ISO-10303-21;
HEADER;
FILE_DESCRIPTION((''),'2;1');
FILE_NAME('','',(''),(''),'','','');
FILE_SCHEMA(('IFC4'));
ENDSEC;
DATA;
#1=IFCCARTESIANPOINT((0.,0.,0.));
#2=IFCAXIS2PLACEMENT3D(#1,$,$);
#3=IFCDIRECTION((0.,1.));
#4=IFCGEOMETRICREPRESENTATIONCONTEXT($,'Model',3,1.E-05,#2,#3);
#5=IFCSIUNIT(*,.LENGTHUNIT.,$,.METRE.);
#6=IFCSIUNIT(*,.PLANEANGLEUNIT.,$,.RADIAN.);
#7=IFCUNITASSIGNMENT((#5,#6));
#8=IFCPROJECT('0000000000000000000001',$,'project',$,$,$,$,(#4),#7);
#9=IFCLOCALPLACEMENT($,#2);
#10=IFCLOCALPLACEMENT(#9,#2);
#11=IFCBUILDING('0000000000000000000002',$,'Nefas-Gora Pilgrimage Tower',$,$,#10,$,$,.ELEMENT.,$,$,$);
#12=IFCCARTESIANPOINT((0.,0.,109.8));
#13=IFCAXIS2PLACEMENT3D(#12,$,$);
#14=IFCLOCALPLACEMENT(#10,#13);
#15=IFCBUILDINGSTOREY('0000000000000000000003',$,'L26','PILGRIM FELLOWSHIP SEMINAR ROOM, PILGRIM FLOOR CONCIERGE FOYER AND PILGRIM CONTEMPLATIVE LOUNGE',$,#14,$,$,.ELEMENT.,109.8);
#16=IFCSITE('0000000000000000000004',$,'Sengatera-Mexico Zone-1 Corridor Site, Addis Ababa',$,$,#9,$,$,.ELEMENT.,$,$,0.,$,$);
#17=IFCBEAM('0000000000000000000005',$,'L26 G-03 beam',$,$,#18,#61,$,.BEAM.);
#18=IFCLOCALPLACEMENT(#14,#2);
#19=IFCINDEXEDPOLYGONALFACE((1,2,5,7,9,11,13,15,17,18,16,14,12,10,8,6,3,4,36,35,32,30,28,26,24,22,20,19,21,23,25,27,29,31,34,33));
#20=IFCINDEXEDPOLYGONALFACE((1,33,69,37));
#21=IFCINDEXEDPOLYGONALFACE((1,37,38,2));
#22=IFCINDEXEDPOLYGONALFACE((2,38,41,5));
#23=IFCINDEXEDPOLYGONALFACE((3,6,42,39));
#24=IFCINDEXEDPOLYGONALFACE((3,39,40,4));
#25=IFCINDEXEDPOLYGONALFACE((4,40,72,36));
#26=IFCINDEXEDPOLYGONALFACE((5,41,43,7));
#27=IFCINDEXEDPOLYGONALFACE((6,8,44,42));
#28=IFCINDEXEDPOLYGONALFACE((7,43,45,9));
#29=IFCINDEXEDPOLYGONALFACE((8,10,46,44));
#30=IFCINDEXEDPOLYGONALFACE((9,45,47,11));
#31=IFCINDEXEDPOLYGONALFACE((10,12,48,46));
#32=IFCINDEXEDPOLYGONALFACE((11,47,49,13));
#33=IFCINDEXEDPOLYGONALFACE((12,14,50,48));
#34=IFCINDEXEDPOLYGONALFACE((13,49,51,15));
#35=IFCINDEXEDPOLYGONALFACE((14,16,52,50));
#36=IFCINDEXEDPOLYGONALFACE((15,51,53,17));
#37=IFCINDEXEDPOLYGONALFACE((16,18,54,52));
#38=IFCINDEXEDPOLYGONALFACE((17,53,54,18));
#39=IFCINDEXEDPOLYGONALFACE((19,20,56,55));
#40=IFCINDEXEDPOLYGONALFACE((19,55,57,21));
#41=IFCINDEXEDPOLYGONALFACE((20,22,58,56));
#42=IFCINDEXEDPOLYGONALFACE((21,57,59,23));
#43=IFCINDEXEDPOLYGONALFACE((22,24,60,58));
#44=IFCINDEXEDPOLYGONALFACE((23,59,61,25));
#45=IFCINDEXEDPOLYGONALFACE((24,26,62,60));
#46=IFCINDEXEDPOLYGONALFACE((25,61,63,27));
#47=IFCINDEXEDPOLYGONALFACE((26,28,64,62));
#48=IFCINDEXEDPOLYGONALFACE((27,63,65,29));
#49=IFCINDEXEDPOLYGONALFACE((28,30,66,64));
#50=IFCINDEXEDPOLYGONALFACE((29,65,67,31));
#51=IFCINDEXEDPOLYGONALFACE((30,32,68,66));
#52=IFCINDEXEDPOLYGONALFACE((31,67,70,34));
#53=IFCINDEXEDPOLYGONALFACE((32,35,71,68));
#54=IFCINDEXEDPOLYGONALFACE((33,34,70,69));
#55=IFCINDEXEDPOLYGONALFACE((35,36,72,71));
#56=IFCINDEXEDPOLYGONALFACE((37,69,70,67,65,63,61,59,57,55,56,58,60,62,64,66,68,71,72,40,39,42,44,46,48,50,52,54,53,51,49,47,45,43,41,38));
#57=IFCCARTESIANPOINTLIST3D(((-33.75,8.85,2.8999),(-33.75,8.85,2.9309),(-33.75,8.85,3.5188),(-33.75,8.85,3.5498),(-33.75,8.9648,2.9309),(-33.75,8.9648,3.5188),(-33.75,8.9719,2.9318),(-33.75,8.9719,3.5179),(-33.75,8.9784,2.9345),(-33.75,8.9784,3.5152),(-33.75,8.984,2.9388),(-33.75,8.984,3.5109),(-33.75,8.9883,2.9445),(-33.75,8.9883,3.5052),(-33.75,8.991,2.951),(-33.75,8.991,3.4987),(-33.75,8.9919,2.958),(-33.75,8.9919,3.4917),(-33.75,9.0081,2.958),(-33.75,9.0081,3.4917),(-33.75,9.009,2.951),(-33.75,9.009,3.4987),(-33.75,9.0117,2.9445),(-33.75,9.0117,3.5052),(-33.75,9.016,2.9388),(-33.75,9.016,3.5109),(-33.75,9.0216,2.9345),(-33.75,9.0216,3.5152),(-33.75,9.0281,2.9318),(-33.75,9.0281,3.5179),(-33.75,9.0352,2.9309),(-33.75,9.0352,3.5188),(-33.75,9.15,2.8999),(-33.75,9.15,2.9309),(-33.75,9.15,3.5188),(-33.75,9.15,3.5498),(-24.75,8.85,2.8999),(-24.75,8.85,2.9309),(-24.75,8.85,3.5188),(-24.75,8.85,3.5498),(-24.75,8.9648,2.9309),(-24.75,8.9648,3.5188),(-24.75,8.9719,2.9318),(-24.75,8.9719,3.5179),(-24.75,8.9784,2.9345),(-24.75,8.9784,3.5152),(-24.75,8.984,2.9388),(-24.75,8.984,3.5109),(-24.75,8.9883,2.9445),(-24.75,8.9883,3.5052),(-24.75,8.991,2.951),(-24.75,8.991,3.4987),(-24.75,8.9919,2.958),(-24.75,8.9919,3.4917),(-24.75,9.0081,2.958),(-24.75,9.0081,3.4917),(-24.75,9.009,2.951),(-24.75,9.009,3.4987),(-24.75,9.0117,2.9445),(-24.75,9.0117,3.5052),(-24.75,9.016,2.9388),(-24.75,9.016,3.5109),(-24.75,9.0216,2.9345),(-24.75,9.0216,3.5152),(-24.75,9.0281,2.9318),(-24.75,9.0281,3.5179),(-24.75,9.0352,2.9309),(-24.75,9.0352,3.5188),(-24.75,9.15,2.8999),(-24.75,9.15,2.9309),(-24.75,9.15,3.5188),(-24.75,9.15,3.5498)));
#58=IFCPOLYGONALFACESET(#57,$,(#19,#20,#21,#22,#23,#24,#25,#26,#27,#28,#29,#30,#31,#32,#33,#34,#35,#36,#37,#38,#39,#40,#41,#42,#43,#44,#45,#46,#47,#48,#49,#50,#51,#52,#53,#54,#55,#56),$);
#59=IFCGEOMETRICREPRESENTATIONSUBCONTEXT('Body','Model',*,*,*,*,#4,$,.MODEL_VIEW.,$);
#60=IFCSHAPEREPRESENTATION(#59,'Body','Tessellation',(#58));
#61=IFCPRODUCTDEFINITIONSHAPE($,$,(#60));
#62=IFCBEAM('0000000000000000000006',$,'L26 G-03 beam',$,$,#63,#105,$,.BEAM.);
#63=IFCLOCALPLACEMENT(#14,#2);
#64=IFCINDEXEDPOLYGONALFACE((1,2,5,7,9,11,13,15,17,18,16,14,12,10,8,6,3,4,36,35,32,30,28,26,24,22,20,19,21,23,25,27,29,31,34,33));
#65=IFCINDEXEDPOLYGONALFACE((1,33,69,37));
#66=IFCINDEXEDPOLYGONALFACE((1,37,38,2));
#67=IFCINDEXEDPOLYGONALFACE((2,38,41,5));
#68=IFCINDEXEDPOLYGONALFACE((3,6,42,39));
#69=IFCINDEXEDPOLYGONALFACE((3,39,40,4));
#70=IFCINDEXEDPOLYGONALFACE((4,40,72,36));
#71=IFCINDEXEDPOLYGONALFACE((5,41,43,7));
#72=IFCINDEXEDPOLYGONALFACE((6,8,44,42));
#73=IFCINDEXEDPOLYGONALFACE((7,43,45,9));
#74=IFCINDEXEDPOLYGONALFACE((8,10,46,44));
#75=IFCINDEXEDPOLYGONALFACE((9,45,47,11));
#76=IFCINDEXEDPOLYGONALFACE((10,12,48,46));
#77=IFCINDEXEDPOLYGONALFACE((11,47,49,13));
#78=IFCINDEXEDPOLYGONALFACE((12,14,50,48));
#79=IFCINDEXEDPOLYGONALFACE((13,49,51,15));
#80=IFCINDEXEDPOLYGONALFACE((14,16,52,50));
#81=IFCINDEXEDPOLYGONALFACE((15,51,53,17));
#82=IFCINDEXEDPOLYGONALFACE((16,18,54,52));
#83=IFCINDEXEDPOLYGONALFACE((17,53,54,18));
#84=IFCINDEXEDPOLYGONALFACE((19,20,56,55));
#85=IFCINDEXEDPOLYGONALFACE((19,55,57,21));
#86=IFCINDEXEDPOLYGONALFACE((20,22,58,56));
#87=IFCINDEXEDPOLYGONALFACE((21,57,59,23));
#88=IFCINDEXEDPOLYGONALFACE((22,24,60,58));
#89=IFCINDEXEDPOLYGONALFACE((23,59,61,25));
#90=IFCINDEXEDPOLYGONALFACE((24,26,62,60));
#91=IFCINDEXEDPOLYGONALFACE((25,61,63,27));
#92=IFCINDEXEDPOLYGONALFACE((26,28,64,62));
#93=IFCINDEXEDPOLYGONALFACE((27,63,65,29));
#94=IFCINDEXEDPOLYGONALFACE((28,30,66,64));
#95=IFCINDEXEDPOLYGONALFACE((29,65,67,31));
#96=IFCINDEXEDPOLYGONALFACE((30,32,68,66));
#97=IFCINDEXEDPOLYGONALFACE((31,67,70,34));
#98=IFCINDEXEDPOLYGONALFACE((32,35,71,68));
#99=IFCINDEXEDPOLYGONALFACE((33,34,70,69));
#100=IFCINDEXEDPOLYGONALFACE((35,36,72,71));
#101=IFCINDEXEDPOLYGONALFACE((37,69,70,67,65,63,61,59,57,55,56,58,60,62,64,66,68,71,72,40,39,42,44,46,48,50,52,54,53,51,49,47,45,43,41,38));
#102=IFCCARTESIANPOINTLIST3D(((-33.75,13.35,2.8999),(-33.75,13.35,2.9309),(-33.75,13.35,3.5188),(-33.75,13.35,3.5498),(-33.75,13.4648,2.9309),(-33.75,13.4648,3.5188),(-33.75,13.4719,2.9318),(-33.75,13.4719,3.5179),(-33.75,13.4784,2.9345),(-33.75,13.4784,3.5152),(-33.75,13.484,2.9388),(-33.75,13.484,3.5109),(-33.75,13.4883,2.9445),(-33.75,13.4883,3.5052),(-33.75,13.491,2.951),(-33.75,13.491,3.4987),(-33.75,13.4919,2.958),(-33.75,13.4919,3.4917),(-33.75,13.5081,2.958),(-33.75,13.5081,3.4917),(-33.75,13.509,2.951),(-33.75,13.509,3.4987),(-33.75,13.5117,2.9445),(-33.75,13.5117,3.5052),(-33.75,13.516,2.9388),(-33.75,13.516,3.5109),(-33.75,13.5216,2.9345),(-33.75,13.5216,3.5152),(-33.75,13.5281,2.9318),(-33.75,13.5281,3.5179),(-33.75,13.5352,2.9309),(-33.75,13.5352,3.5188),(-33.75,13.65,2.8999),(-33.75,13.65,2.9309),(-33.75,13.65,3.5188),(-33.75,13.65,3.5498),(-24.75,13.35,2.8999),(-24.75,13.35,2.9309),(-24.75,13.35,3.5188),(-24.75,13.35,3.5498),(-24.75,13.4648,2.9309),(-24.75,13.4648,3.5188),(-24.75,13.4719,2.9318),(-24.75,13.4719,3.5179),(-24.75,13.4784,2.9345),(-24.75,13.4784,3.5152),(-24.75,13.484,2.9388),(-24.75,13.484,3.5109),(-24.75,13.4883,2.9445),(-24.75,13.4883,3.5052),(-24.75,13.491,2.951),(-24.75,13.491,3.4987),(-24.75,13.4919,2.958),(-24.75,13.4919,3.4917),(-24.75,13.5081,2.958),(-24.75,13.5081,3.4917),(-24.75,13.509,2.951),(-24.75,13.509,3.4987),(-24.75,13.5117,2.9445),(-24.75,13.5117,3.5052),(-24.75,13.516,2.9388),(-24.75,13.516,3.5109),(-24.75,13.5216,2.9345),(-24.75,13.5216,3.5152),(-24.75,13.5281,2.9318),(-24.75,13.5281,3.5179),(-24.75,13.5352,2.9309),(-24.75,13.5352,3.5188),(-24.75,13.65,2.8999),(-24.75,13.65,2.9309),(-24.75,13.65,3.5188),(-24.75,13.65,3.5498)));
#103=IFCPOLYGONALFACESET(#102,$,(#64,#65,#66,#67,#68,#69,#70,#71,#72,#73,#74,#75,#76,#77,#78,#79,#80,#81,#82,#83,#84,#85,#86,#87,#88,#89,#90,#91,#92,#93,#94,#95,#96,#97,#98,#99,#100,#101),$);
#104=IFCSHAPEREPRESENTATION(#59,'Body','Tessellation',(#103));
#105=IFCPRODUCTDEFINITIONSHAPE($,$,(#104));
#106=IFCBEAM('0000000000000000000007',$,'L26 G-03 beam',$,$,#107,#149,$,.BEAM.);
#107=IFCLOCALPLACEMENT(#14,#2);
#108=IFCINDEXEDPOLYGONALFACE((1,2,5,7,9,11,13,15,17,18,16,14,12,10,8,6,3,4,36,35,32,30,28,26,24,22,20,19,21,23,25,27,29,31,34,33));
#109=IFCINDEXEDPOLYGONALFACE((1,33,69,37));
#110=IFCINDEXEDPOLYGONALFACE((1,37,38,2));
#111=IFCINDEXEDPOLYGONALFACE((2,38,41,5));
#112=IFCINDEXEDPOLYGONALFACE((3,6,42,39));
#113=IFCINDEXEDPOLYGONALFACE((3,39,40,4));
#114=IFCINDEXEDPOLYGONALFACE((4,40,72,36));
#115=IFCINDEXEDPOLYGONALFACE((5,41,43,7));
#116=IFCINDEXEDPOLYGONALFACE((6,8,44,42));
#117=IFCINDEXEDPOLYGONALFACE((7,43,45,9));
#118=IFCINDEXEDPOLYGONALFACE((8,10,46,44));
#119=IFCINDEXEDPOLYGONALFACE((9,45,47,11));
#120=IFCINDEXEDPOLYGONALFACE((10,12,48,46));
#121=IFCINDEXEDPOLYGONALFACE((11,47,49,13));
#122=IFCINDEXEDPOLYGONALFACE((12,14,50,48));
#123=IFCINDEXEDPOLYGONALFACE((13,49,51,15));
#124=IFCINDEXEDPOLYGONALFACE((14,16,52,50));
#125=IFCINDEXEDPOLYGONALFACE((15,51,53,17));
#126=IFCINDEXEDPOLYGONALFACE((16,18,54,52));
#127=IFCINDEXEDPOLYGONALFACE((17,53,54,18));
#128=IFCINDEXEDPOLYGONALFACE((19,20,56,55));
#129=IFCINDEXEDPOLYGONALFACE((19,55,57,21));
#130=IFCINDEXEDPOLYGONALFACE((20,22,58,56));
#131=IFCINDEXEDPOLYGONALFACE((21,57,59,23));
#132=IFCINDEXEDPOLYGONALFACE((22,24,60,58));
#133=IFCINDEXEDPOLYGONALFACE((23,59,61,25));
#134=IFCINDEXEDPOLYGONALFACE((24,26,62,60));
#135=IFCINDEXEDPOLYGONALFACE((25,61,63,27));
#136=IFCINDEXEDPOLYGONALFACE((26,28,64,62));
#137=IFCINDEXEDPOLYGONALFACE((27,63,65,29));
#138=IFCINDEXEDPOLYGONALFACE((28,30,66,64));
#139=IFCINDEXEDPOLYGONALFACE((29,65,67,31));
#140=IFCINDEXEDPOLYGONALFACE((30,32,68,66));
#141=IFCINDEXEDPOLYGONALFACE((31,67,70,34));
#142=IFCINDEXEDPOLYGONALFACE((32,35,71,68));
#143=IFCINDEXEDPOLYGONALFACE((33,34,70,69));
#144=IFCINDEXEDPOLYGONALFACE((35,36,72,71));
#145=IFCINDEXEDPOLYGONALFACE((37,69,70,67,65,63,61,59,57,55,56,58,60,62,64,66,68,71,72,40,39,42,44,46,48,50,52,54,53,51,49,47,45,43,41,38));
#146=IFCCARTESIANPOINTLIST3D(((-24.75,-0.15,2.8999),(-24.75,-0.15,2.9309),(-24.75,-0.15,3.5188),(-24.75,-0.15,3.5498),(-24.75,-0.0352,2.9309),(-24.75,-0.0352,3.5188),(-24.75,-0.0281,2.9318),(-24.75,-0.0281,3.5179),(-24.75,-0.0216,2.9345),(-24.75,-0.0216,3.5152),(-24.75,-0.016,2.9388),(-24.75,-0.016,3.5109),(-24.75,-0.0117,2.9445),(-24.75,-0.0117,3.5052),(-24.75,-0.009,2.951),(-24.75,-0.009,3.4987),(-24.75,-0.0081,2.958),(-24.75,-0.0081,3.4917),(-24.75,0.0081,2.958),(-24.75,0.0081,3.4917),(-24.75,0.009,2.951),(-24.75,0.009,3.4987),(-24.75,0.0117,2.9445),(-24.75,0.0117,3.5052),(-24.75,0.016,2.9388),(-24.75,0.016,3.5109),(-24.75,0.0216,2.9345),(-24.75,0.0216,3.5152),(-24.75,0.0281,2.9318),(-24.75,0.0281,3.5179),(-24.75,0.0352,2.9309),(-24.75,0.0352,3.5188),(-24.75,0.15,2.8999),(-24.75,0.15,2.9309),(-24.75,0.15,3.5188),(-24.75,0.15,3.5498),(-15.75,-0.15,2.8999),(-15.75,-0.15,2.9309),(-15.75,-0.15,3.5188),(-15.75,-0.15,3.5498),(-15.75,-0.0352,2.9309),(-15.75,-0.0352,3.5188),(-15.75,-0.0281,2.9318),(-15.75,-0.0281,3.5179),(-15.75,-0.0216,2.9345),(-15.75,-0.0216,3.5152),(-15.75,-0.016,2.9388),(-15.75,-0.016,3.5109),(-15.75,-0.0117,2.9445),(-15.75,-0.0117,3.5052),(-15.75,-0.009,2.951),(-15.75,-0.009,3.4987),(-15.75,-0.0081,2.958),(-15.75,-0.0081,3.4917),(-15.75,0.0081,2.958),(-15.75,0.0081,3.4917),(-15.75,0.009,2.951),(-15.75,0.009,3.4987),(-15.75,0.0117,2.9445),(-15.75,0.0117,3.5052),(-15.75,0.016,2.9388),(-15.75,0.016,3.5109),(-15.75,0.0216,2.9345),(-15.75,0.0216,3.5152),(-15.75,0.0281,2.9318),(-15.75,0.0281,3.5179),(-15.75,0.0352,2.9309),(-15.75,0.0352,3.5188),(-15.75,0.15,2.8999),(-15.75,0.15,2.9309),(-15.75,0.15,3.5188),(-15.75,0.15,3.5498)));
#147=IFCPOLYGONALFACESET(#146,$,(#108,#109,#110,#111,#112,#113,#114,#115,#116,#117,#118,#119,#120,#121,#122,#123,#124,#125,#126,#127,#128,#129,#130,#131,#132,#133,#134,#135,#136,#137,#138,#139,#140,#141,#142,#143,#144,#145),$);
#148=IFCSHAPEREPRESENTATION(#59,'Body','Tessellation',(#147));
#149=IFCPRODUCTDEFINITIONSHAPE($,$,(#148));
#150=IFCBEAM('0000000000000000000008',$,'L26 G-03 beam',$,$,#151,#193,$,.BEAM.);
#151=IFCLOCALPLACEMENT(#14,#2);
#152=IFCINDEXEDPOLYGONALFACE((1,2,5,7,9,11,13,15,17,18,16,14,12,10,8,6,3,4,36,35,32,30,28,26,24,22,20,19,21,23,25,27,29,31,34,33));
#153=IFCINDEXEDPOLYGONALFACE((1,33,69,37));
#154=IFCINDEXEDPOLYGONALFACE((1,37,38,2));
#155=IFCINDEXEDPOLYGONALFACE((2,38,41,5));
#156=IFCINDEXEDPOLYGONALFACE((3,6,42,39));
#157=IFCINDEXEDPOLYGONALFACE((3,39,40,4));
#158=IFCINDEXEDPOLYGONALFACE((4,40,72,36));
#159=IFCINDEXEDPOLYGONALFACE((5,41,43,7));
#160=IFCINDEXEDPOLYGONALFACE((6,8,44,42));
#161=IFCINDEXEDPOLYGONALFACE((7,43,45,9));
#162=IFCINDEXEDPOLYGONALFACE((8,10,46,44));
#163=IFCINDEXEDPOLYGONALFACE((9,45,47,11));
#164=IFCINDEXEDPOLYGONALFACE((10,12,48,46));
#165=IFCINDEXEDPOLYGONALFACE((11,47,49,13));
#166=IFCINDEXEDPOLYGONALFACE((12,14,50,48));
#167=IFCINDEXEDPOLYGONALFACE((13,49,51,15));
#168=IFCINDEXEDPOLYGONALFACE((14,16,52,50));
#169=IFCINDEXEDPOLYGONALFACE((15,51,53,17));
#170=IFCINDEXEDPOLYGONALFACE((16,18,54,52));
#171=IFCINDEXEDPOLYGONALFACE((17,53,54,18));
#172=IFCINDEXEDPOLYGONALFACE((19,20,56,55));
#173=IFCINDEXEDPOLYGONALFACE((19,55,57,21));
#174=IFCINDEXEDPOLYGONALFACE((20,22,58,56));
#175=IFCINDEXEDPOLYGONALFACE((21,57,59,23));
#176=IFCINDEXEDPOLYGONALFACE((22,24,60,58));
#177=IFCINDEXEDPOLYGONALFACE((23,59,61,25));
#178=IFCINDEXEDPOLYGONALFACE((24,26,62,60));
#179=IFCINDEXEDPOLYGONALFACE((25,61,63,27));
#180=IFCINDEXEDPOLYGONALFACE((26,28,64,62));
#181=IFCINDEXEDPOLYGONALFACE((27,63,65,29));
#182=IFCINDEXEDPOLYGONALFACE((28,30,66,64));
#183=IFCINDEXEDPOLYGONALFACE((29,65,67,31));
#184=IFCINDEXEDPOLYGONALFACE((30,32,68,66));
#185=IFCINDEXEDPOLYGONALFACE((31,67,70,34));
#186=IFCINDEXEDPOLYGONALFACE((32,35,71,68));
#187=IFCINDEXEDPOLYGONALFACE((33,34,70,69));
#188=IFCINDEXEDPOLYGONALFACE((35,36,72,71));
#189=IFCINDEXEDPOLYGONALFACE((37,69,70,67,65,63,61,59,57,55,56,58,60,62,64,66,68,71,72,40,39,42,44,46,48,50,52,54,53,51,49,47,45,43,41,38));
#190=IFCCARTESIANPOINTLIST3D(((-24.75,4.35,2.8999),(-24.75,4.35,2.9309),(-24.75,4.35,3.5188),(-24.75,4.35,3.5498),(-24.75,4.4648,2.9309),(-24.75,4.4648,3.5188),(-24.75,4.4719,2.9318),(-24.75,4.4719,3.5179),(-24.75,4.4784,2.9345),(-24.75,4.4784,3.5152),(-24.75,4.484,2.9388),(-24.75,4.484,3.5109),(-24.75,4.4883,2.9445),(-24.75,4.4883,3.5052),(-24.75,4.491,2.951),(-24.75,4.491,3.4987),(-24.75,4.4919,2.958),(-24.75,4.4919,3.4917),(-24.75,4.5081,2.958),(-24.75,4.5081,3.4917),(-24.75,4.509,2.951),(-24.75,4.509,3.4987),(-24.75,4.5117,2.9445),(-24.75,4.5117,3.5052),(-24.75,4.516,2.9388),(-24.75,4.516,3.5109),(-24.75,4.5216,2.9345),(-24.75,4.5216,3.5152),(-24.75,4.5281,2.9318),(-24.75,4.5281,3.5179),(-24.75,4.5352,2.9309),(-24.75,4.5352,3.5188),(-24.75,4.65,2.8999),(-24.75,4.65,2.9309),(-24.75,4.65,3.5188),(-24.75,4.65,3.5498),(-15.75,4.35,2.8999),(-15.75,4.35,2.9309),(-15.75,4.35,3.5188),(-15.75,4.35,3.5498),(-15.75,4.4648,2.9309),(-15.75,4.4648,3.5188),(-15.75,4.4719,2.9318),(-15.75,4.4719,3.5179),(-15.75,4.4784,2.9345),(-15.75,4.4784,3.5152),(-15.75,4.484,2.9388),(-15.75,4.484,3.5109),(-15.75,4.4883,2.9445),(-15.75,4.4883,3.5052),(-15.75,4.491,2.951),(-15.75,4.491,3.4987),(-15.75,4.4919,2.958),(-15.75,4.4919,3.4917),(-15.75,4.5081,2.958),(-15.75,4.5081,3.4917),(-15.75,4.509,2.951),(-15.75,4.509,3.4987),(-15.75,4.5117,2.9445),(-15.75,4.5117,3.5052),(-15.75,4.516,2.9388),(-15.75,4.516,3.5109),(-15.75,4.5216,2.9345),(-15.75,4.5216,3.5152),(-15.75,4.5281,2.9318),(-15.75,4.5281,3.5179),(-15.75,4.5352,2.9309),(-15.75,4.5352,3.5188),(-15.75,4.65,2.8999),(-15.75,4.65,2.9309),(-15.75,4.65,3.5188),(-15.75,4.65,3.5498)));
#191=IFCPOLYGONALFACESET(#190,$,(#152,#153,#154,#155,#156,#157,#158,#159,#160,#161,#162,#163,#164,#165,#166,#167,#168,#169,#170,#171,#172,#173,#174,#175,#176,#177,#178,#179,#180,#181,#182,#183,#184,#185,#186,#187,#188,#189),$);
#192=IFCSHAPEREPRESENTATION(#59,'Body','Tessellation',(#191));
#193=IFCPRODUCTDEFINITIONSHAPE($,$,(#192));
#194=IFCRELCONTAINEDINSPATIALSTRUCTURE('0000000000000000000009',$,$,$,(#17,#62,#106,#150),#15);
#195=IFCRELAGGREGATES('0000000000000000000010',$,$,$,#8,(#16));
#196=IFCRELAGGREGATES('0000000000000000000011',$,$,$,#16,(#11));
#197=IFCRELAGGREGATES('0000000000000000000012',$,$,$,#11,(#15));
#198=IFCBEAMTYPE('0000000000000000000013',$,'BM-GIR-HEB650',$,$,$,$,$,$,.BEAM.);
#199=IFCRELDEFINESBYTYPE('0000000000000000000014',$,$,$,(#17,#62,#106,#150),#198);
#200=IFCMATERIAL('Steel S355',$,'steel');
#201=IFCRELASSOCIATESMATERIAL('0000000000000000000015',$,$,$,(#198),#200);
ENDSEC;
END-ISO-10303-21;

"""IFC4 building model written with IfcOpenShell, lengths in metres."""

from ifc_helpers import new_model, si_unit, direction, frame, origin, origin_2d, place, context, subcontext, project, spatial, i_section, extrude, source, transform, mapped, material, material_profile, profile_set, type_object, element, save


model = new_model("IFC4")

# Units and contexts
model_context = context("Model", 3, precision=1e-05, world=origin(), true_north=direction((0.0, 1.0)))
body_context = subcontext(model_context, "Body", "Model", "MODEL_VIEW")
ifc_project = project(units=[si_unit("LENGTHUNIT", "METRE"), si_unit("PLANEANGLEUNIT", "RADIAN")], contexts=[model_context])

# Site, building, storey
site_placement = place(None, origin())
site = spatial("IfcSite", under=ifc_project, at=site_placement, Name="Sengatera-Mexico Zone-1 Corridor Site, Addis Ababa", CompositionType="ELEMENT", RefElevation=0.0)
building_placement = place(site_placement, origin())
building = spatial("IfcBuilding", under=site, at=building_placement, Name="Nefas-Gora Pilgrimage Tower", CompositionType="ELEMENT")
storey_placement = place(building_placement, frame((0.0, 0.0, 109.8)))
storey = spatial("IfcBuildingStorey", under=building, at=storey_placement, Name="L26", Description="PILGRIM FELLOWSHIP SEMINAR ROOM, PILGRIM FLOOR CONCIERGE FOYER AND PILGRIM CONTEMPLATIVE LOUNGE", CompositionType="ELEMENT", Elevation=109.8)

# Beams
ifc_material_1 = material(Name="Steel S355", Category="steel")
ifc_material_profile_1 = material_profile(ifc_material_1, i_section(OverallWidth=0.3, OverallDepth=0.6499, WebThickness=0.0161, FlangeThickness=0.031, FilletRadius=0.0271, at=origin_2d()), Name="HEB 650")
ifc_profile_set_1 = profile_set([ifc_material_profile_1], Name="Steel S355")
beam_type_1 = type_object("IfcBeamType", Name="BM-GIR-HEB650", PredefinedType="BEAM", material=ifc_profile_set_1)
shared_shape_1 = source(origin(), body_context, "Body", "SweptSolid", [
    extrude(i_section(OverallWidth=0.3, OverallDepth=0.6499, WebThickness=0.0161, FlangeThickness=0.031, FilletRadius=0.0271, at=origin_2d()), origin(), (0.0, 0.0, 1.0), 9.0),
])
for number, where, z_axis, x_axis, name in (
    (1, (-33.75, 9.0, 3.2249), (1.0, 0.0, 0.0), (0.0, 1.0, 0.0), "L26 G-03 beam"),
    (2, (-33.75, 13.5, 3.2249), (1.0, 0.0, 0.0), (0.0, 1.0, 0.0), "L26 G-03 beam"),
    (3, (-24.75, 0.0, 3.2249), (1.0, 0.0, 0.0), (0.0, 1.0, 0.0), "L26 G-03 beam"),
    (4, (-24.75, 4.5, 3.2249), (1.0, 0.0, 0.0), (0.0, 1.0, 0.0), "L26 G-03 beam"),
):
    element("IfcBeam", number, at=place(storey_placement, frame(where, z_axis=z_axis, x_axis=x_axis)), inside=storey, type_object=beam_type_1, Name=name, PredefinedType="BEAM", context=body_context, shape_type="MappedRepresentation", body=[
        mapped(shared_shape_1, transform((0.0, 0.0, 0.0), x_axis=(1.0, 0.0, 0.0), y_axis=(0.0, 1.0, 0.0), z_axis=(0.0, 0.0, 1.0), scale=1.0)),
    ])

save(model, "model.ifc")
